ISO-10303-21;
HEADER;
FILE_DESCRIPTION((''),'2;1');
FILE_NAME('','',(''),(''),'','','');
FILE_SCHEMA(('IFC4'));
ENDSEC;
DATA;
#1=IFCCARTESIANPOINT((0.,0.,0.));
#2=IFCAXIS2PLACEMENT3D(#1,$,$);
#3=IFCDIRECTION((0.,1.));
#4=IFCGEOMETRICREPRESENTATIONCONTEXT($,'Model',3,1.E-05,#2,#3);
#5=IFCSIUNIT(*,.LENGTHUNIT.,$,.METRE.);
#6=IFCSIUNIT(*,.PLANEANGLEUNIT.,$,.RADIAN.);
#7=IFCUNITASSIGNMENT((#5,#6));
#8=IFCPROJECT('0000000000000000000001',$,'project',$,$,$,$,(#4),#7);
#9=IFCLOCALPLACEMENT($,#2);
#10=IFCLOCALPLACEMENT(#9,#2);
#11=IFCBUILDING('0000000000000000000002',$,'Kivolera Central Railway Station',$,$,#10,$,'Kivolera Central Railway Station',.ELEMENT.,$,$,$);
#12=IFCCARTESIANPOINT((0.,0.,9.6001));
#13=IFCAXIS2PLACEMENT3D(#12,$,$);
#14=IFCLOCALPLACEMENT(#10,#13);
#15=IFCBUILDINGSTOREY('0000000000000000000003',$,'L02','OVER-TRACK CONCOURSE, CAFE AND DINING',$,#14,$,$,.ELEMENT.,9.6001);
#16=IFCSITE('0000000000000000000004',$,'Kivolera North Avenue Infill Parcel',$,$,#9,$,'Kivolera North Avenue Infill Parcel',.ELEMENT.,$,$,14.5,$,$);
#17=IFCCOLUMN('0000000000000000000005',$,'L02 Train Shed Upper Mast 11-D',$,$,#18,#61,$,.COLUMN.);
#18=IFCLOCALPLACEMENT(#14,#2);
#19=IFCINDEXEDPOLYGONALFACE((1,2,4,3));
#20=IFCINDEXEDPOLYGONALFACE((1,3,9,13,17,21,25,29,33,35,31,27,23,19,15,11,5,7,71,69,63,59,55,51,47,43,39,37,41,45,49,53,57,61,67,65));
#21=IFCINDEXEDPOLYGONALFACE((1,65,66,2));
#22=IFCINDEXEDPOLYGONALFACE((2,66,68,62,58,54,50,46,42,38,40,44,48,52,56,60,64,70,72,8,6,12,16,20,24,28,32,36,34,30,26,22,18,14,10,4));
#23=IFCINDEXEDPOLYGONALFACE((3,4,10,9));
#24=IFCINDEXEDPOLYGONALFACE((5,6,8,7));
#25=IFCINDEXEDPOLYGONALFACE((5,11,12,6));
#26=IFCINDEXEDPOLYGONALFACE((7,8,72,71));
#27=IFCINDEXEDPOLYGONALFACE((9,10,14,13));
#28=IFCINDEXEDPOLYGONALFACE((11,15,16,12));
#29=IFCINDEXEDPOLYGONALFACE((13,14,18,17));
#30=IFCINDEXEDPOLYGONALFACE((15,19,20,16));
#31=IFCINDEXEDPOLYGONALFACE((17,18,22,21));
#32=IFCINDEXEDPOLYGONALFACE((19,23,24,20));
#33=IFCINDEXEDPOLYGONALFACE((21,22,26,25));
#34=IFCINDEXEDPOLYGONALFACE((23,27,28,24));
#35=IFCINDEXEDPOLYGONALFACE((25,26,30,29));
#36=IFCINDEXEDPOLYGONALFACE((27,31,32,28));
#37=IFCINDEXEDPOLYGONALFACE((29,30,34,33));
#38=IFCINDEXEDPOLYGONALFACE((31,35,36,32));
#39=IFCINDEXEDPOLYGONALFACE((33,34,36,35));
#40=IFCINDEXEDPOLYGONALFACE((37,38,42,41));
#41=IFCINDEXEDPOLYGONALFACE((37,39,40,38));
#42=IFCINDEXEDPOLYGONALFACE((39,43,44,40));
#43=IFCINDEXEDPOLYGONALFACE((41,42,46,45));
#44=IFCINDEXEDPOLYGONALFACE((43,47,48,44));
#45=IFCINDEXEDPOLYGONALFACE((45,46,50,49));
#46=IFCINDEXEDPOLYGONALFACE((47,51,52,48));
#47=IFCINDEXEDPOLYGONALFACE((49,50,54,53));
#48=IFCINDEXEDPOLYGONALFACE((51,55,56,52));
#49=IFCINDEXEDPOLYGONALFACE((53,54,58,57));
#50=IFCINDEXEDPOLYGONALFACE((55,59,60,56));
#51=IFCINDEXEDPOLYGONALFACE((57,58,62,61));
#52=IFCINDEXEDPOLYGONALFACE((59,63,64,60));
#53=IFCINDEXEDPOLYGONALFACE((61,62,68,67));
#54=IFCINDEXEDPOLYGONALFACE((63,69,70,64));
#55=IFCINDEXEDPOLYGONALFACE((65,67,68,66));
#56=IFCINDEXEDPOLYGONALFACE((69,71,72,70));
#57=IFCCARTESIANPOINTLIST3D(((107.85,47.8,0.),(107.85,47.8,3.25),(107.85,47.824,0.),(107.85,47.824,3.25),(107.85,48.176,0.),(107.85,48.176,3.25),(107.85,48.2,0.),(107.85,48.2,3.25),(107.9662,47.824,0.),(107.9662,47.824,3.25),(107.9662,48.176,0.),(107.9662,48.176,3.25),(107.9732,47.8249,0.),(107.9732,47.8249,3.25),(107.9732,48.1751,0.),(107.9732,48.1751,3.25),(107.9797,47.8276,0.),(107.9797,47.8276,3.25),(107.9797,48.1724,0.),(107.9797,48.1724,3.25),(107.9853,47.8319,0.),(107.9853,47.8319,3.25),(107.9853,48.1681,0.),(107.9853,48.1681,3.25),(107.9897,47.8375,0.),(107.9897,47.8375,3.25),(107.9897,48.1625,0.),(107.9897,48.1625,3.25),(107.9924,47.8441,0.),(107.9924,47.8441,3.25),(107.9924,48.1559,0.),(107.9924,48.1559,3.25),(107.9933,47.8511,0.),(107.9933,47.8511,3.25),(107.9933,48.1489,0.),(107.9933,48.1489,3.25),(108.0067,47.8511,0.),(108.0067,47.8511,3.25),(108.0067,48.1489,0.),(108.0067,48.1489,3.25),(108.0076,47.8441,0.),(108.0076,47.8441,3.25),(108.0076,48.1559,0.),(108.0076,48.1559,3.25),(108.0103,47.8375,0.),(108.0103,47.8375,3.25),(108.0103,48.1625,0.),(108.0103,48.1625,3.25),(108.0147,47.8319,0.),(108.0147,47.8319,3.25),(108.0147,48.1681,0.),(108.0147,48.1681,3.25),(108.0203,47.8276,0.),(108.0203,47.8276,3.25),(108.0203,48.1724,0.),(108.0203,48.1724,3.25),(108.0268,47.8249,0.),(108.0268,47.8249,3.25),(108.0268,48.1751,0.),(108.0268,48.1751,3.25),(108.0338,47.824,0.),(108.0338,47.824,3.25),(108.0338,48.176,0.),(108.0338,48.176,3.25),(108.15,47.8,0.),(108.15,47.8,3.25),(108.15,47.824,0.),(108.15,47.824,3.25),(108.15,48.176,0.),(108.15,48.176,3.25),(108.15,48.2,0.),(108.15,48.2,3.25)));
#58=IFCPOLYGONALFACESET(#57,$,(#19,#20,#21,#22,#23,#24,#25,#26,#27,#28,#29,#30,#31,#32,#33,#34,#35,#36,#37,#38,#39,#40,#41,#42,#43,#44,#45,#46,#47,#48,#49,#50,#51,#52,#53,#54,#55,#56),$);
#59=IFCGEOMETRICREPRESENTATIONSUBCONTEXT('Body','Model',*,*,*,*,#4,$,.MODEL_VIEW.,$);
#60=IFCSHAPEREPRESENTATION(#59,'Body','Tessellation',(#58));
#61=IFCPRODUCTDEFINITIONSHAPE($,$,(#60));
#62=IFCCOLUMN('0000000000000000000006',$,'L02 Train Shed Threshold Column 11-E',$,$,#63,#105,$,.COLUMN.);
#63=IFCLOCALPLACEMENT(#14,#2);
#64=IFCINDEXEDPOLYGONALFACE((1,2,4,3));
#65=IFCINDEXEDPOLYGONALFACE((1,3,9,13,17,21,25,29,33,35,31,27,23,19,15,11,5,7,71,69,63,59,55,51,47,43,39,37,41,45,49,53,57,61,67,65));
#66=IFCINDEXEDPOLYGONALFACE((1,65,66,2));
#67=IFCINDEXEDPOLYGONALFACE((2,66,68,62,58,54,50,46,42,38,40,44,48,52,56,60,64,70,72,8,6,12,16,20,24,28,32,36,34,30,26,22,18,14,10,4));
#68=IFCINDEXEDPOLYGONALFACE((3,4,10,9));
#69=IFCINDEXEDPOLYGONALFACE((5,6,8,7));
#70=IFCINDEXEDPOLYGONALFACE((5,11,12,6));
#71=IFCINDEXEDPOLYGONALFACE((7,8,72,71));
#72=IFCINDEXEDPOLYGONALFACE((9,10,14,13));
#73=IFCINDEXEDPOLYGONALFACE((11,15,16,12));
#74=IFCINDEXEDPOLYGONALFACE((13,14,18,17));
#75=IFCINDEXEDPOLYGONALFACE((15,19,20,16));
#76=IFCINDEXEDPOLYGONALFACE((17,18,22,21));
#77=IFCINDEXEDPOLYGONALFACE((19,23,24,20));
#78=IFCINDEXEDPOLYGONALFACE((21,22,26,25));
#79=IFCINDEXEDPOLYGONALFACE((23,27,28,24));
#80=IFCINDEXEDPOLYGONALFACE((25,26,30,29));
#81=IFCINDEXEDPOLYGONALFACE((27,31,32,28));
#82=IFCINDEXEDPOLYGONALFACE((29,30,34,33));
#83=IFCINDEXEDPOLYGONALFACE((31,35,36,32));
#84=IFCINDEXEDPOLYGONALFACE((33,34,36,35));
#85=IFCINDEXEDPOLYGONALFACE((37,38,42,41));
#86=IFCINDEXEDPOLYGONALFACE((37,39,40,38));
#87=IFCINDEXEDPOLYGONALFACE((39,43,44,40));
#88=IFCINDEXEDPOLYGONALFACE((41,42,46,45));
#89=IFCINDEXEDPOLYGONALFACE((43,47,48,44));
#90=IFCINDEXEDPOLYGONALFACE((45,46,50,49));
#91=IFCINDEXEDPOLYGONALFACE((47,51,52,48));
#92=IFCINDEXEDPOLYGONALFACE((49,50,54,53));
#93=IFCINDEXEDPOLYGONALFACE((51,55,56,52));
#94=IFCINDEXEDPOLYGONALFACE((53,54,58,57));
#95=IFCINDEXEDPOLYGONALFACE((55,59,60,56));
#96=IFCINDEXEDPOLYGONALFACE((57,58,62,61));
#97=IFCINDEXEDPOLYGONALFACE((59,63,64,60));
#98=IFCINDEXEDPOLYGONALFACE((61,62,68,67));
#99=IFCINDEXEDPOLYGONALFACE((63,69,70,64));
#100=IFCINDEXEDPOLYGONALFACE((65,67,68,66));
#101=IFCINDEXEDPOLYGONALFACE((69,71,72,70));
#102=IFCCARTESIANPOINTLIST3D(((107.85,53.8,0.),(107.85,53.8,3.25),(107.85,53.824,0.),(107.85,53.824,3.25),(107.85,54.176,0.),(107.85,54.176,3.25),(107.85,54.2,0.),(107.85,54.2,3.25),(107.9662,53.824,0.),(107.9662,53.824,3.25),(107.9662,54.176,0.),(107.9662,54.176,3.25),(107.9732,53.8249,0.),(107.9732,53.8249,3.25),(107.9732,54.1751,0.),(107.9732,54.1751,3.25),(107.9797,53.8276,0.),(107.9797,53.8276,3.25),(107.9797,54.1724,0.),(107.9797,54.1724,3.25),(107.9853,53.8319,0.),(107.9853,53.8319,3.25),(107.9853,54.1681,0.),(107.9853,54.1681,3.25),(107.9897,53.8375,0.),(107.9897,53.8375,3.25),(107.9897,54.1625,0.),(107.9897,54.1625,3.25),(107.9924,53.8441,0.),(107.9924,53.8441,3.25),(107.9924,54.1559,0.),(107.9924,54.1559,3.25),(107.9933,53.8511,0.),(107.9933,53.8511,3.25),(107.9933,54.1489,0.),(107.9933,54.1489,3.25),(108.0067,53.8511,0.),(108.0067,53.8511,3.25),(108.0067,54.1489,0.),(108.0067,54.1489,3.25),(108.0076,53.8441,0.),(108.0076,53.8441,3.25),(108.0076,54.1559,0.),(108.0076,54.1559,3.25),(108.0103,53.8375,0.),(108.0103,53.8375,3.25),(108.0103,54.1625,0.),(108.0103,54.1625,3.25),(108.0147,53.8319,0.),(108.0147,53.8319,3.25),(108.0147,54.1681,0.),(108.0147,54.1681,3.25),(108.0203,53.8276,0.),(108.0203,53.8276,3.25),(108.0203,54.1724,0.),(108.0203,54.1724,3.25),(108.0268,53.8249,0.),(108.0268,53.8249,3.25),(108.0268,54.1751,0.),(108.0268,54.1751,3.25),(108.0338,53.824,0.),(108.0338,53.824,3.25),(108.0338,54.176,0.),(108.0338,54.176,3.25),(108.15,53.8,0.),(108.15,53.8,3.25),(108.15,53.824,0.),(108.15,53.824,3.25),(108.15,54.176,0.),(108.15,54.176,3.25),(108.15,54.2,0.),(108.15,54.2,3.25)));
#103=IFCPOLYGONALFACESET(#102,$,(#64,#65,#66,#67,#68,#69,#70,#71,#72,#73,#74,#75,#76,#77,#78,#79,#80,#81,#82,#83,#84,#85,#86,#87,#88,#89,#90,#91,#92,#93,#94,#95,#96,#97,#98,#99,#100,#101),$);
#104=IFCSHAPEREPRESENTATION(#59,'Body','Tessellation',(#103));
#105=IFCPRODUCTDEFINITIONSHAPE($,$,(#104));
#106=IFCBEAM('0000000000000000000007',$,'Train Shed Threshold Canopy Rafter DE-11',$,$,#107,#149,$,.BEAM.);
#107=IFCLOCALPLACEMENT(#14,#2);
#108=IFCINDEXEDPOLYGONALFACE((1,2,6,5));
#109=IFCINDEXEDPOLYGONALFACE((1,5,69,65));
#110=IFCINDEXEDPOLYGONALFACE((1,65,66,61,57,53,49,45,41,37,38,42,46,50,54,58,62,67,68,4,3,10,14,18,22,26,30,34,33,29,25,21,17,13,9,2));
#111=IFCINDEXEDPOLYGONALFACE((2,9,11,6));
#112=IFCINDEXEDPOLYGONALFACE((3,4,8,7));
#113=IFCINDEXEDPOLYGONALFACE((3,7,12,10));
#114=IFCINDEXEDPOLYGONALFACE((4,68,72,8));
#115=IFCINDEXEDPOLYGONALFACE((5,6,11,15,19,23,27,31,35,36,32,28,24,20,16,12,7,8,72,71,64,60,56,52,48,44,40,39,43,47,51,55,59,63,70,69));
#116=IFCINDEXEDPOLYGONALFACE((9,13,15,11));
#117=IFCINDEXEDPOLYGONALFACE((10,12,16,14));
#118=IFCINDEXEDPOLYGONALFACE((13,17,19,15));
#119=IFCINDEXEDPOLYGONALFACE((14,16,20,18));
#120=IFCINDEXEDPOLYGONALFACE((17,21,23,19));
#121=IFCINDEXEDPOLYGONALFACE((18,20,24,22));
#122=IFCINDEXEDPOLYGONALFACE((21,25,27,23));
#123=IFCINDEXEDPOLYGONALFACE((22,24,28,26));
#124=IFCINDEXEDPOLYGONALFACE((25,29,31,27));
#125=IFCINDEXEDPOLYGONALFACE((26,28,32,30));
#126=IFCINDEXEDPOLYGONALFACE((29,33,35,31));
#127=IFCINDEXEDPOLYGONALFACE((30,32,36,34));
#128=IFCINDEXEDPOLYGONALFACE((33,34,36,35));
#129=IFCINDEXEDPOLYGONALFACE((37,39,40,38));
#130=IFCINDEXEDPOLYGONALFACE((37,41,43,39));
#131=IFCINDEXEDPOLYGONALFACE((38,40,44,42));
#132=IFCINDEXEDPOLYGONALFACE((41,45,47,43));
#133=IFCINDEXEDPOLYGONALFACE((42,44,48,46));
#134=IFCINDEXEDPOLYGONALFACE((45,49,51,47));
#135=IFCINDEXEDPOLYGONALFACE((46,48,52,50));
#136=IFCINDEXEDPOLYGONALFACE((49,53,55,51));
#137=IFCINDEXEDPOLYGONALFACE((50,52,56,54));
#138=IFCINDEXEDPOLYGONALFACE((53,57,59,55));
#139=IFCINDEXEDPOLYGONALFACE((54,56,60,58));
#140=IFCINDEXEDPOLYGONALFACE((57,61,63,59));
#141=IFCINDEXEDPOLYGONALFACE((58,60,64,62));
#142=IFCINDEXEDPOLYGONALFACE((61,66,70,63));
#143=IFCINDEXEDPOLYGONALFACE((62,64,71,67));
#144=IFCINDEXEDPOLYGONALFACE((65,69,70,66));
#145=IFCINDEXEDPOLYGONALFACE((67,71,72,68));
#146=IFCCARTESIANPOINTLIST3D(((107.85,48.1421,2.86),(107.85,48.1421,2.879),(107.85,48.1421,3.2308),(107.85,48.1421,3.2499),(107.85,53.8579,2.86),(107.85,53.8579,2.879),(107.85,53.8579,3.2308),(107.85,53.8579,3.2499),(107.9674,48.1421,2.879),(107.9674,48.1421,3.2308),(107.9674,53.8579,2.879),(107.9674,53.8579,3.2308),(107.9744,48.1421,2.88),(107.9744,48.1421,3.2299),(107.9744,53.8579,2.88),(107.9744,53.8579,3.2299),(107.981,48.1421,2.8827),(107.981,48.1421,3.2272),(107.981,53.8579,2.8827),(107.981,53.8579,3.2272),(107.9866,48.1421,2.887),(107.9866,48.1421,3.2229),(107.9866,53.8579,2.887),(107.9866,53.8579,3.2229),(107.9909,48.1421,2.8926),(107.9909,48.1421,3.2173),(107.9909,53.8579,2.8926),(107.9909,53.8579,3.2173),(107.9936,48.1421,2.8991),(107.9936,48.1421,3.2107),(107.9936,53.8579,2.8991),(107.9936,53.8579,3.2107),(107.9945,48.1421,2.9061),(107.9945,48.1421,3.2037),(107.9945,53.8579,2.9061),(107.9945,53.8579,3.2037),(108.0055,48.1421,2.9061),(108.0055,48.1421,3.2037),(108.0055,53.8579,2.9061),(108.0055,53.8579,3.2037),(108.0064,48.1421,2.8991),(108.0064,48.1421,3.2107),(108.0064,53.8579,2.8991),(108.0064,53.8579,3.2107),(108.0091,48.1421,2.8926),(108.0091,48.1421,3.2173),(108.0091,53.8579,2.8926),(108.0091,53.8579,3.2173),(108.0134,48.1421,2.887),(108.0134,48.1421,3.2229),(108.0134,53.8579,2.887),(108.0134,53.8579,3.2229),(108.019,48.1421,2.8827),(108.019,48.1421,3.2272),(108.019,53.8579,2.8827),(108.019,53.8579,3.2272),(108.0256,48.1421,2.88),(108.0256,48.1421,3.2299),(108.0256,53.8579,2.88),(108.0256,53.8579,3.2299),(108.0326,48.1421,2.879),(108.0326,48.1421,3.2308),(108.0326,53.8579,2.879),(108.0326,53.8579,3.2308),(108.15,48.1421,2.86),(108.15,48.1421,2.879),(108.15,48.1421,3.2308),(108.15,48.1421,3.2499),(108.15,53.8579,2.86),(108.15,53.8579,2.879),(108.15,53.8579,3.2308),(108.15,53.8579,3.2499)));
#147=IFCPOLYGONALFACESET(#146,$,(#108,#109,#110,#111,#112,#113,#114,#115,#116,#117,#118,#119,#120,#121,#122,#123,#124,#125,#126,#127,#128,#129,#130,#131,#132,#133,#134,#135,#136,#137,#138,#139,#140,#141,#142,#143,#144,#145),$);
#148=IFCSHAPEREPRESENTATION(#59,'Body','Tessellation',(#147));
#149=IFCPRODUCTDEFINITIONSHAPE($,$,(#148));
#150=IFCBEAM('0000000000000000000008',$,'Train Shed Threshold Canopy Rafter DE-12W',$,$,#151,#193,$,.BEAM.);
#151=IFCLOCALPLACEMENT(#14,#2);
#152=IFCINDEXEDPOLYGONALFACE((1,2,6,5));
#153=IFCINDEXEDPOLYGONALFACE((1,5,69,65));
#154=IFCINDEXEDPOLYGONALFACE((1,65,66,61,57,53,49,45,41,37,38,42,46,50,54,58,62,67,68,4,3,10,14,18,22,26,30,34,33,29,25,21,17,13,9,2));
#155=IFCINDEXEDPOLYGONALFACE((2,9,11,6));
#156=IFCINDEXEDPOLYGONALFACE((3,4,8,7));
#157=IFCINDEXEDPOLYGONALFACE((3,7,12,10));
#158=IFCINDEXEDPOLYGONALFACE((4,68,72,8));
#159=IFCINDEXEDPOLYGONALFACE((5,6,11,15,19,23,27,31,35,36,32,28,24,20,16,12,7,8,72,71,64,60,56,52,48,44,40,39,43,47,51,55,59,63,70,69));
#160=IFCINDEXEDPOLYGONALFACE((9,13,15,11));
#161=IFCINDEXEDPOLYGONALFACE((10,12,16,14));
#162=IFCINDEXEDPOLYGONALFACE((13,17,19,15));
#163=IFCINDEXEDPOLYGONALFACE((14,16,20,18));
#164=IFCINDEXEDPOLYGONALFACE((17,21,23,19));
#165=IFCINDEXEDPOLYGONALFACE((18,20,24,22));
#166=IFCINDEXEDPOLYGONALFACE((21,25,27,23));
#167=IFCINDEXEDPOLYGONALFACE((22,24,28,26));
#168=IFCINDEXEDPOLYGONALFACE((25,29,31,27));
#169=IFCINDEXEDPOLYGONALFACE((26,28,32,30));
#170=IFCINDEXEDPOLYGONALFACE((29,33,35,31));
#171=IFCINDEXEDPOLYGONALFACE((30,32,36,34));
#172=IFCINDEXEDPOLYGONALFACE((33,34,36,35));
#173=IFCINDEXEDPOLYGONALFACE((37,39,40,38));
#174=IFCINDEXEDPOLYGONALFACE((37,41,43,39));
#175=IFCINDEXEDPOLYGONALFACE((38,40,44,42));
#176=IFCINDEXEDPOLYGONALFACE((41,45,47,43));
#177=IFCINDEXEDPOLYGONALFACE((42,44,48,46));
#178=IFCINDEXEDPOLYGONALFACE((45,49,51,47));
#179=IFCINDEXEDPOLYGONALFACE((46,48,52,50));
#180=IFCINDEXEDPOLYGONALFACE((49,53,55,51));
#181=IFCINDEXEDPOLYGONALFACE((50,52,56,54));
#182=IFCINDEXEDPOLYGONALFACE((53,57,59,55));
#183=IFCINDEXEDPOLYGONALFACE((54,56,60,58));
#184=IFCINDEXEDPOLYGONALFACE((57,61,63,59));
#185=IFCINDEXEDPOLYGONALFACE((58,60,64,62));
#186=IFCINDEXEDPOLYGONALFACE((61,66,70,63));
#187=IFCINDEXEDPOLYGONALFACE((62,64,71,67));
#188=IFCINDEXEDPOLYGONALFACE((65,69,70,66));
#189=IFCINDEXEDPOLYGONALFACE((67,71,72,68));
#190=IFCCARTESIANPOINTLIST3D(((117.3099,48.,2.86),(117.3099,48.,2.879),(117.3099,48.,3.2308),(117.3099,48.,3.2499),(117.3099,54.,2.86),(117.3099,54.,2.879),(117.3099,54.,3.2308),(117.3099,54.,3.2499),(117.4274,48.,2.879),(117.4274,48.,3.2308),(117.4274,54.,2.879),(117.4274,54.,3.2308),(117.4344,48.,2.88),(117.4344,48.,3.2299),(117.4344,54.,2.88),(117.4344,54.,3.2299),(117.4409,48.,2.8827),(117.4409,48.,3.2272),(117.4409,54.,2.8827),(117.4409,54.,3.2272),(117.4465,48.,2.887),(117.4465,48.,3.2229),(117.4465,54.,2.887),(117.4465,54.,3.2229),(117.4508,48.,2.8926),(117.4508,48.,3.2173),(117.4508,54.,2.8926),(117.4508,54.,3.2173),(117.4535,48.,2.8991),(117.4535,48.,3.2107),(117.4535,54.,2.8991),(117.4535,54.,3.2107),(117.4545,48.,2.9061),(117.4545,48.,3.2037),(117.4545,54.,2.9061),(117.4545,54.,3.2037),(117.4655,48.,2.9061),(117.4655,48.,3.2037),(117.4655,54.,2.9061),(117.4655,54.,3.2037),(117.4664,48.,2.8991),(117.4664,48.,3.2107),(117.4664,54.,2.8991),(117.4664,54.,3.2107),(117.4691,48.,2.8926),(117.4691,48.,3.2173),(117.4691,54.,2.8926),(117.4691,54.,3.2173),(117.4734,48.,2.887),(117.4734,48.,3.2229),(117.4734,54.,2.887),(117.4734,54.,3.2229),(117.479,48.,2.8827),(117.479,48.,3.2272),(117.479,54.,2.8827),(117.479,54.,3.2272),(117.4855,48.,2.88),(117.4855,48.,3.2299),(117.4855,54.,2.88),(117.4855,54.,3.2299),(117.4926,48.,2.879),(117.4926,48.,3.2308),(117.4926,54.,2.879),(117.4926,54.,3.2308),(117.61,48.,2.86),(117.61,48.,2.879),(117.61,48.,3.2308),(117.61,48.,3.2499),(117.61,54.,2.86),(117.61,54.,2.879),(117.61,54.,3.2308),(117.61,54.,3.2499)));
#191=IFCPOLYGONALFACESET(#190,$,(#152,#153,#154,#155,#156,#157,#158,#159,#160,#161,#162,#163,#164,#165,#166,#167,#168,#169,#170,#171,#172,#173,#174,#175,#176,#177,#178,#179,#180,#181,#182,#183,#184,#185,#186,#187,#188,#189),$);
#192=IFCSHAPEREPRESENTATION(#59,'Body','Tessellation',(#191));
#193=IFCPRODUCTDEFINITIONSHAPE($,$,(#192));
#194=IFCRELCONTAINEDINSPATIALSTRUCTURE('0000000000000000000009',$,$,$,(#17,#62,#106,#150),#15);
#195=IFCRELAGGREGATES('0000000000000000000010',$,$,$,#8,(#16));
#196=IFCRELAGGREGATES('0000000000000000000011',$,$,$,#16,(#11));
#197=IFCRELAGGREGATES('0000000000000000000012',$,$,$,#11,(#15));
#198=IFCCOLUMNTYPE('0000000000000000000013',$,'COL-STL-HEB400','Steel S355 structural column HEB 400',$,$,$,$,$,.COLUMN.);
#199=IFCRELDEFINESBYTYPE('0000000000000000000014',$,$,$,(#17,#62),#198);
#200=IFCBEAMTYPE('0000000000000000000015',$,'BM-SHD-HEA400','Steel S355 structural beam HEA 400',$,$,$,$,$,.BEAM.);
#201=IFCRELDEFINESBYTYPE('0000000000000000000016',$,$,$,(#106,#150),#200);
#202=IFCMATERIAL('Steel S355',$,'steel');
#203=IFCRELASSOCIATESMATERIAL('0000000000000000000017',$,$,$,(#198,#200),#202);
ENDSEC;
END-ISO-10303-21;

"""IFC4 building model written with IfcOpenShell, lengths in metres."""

from ifc_helpers import new_model, si_unit, direction, frame, origin, origin_2d, place, context, subcontext, project, spatial, i_section, extrude, material, material_profile, profile_set, type_object, element, save


model = new_model("IFC4")

# Units and contexts
model_context = context("Model", 3, precision=1e-05, world=origin(), true_north=direction((0.0, 1.0)))
body_context = subcontext(model_context, "Body", "Model", "MODEL_VIEW")
ifc_project = project(units=[si_unit("LENGTHUNIT", "METRE"), si_unit("PLANEANGLEUNIT", "RADIAN")], contexts=[model_context])

# Site, building, storey
site_placement = place(None, origin())
site = spatial("IfcSite", under=ifc_project, at=site_placement, Name="Kivolera North Avenue Infill Parcel", LongName="Kivolera North Avenue Infill Parcel", CompositionType="ELEMENT", RefElevation=14.5)
building_placement = place(site_placement, origin())
building = spatial("IfcBuilding", under=site, at=building_placement, Name="Kivolera Central Railway Station", LongName="Kivolera Central Railway Station", CompositionType="ELEMENT")
storey_placement = place(building_placement, frame((0.0, 0.0, 9.6001)))
storey = spatial("IfcBuildingStorey", under=building, at=storey_placement, Name="L02", Description="OVER-TRACK CONCOURSE, CAFE AND DINING", CompositionType="ELEMENT", Elevation=9.6001)

# Columns
ifc_material_1 = material(Name="Steel S355", Category="steel")
ifc_material_profile_1 = material_profile(ifc_material_1, i_section(OverallWidth=0.3, OverallDepth=0.3999, WebThickness=0.0134, FlangeThickness=0.0239, FilletRadius=0.0271, at=origin_2d()), Name="HEB 400")
ifc_profile_set_1 = profile_set([ifc_material_profile_1], Name="Steel S355")
column_type = type_object("IfcColumnType", Name="COL-STL-HEB400", Description="Steel S355 structural column HEB 400", PredefinedType="COLUMN", material=ifc_profile_set_1)
for number, where, z_axis, x_axis, name in (
    (1, (108.0, 48.0, 0.0), (0.0, 0.0, 1.0), (1.0, 0.0, 0.0), "L02 Train Shed Upper Mast 11-D"),
    (2, (108.0, 54.0, 0.0), (0.0, 0.0, 1.0), (1.0, 0.0, 0.0), "L02 Train Shed Threshold Column 11-E"),
):
    element("IfcColumn", number, at=place(storey_placement, frame(where, z_axis=z_axis, x_axis=x_axis)), inside=storey, type_object=column_type, Name=name, PredefinedType="COLUMN", context=body_context, shape_type="SweptSolid", body=[
        extrude(i_section(OverallWidth=0.3, OverallDepth=0.3999, WebThickness=0.0134, FlangeThickness=0.0239, FilletRadius=0.0271, at=origin_2d()), origin(), (0.0, 0.0, 1.0), 3.25),
    ])

# Beams
ifc_material_profile_2 = material_profile(ifc_material_1, i_section(OverallWidth=0.3, OverallDepth=0.3899, WebThickness=0.011, FlangeThickness=0.019, FilletRadius=0.0271, at=origin_2d()), Name="HEA 400")
ifc_profile_set_2 = profile_set([ifc_material_profile_2], Name="Steel S355")
beam_type_1 = type_object("IfcBeamType", Name="BM-SHD-HEA400", Description="Steel S355 structural beam HEA 400", PredefinedType="BEAM", material=ifc_profile_set_2)
beam_1_placement = place(storey_placement, frame((108.0, 48.1421, 3.0549), z_axis=(0.0, 1.0, 0.0), x_axis=(-1.0, 0.0, 0.0)))
element("IfcBeam", 3, at=beam_1_placement, inside=storey, type_object=beam_type_1, Name="Train Shed Threshold Canopy Rafter DE-11", PredefinedType="BEAM", context=body_context, shape_type="SweptSolid", body=[
    extrude(i_section(OverallWidth=0.3, OverallDepth=0.3899, WebThickness=0.011, FlangeThickness=0.019, FilletRadius=0.0271, at=origin_2d()), origin(), (0.0, 0.0, 1.0), 5.7158),
])
beam_2_placement = place(storey_placement, frame((117.46, 48.0, 3.0549), z_axis=(0.0, 1.0, 0.0), x_axis=(-1.0, 0.0, 0.0)))
element("IfcBeam", 4, at=beam_2_placement, inside=storey, type_object=beam_type_1, Name="Train Shed Threshold Canopy Rafter DE-12W", PredefinedType="BEAM", context=body_context, shape_type="SweptSolid", body=[
    extrude(i_section(OverallWidth=0.3, OverallDepth=0.3899, WebThickness=0.011, FlangeThickness=0.019, FilletRadius=0.0271, at=origin_2d()), origin(), (0.0, 0.0, 1.0), 6.0),
])

save(model, "model.ifc")
